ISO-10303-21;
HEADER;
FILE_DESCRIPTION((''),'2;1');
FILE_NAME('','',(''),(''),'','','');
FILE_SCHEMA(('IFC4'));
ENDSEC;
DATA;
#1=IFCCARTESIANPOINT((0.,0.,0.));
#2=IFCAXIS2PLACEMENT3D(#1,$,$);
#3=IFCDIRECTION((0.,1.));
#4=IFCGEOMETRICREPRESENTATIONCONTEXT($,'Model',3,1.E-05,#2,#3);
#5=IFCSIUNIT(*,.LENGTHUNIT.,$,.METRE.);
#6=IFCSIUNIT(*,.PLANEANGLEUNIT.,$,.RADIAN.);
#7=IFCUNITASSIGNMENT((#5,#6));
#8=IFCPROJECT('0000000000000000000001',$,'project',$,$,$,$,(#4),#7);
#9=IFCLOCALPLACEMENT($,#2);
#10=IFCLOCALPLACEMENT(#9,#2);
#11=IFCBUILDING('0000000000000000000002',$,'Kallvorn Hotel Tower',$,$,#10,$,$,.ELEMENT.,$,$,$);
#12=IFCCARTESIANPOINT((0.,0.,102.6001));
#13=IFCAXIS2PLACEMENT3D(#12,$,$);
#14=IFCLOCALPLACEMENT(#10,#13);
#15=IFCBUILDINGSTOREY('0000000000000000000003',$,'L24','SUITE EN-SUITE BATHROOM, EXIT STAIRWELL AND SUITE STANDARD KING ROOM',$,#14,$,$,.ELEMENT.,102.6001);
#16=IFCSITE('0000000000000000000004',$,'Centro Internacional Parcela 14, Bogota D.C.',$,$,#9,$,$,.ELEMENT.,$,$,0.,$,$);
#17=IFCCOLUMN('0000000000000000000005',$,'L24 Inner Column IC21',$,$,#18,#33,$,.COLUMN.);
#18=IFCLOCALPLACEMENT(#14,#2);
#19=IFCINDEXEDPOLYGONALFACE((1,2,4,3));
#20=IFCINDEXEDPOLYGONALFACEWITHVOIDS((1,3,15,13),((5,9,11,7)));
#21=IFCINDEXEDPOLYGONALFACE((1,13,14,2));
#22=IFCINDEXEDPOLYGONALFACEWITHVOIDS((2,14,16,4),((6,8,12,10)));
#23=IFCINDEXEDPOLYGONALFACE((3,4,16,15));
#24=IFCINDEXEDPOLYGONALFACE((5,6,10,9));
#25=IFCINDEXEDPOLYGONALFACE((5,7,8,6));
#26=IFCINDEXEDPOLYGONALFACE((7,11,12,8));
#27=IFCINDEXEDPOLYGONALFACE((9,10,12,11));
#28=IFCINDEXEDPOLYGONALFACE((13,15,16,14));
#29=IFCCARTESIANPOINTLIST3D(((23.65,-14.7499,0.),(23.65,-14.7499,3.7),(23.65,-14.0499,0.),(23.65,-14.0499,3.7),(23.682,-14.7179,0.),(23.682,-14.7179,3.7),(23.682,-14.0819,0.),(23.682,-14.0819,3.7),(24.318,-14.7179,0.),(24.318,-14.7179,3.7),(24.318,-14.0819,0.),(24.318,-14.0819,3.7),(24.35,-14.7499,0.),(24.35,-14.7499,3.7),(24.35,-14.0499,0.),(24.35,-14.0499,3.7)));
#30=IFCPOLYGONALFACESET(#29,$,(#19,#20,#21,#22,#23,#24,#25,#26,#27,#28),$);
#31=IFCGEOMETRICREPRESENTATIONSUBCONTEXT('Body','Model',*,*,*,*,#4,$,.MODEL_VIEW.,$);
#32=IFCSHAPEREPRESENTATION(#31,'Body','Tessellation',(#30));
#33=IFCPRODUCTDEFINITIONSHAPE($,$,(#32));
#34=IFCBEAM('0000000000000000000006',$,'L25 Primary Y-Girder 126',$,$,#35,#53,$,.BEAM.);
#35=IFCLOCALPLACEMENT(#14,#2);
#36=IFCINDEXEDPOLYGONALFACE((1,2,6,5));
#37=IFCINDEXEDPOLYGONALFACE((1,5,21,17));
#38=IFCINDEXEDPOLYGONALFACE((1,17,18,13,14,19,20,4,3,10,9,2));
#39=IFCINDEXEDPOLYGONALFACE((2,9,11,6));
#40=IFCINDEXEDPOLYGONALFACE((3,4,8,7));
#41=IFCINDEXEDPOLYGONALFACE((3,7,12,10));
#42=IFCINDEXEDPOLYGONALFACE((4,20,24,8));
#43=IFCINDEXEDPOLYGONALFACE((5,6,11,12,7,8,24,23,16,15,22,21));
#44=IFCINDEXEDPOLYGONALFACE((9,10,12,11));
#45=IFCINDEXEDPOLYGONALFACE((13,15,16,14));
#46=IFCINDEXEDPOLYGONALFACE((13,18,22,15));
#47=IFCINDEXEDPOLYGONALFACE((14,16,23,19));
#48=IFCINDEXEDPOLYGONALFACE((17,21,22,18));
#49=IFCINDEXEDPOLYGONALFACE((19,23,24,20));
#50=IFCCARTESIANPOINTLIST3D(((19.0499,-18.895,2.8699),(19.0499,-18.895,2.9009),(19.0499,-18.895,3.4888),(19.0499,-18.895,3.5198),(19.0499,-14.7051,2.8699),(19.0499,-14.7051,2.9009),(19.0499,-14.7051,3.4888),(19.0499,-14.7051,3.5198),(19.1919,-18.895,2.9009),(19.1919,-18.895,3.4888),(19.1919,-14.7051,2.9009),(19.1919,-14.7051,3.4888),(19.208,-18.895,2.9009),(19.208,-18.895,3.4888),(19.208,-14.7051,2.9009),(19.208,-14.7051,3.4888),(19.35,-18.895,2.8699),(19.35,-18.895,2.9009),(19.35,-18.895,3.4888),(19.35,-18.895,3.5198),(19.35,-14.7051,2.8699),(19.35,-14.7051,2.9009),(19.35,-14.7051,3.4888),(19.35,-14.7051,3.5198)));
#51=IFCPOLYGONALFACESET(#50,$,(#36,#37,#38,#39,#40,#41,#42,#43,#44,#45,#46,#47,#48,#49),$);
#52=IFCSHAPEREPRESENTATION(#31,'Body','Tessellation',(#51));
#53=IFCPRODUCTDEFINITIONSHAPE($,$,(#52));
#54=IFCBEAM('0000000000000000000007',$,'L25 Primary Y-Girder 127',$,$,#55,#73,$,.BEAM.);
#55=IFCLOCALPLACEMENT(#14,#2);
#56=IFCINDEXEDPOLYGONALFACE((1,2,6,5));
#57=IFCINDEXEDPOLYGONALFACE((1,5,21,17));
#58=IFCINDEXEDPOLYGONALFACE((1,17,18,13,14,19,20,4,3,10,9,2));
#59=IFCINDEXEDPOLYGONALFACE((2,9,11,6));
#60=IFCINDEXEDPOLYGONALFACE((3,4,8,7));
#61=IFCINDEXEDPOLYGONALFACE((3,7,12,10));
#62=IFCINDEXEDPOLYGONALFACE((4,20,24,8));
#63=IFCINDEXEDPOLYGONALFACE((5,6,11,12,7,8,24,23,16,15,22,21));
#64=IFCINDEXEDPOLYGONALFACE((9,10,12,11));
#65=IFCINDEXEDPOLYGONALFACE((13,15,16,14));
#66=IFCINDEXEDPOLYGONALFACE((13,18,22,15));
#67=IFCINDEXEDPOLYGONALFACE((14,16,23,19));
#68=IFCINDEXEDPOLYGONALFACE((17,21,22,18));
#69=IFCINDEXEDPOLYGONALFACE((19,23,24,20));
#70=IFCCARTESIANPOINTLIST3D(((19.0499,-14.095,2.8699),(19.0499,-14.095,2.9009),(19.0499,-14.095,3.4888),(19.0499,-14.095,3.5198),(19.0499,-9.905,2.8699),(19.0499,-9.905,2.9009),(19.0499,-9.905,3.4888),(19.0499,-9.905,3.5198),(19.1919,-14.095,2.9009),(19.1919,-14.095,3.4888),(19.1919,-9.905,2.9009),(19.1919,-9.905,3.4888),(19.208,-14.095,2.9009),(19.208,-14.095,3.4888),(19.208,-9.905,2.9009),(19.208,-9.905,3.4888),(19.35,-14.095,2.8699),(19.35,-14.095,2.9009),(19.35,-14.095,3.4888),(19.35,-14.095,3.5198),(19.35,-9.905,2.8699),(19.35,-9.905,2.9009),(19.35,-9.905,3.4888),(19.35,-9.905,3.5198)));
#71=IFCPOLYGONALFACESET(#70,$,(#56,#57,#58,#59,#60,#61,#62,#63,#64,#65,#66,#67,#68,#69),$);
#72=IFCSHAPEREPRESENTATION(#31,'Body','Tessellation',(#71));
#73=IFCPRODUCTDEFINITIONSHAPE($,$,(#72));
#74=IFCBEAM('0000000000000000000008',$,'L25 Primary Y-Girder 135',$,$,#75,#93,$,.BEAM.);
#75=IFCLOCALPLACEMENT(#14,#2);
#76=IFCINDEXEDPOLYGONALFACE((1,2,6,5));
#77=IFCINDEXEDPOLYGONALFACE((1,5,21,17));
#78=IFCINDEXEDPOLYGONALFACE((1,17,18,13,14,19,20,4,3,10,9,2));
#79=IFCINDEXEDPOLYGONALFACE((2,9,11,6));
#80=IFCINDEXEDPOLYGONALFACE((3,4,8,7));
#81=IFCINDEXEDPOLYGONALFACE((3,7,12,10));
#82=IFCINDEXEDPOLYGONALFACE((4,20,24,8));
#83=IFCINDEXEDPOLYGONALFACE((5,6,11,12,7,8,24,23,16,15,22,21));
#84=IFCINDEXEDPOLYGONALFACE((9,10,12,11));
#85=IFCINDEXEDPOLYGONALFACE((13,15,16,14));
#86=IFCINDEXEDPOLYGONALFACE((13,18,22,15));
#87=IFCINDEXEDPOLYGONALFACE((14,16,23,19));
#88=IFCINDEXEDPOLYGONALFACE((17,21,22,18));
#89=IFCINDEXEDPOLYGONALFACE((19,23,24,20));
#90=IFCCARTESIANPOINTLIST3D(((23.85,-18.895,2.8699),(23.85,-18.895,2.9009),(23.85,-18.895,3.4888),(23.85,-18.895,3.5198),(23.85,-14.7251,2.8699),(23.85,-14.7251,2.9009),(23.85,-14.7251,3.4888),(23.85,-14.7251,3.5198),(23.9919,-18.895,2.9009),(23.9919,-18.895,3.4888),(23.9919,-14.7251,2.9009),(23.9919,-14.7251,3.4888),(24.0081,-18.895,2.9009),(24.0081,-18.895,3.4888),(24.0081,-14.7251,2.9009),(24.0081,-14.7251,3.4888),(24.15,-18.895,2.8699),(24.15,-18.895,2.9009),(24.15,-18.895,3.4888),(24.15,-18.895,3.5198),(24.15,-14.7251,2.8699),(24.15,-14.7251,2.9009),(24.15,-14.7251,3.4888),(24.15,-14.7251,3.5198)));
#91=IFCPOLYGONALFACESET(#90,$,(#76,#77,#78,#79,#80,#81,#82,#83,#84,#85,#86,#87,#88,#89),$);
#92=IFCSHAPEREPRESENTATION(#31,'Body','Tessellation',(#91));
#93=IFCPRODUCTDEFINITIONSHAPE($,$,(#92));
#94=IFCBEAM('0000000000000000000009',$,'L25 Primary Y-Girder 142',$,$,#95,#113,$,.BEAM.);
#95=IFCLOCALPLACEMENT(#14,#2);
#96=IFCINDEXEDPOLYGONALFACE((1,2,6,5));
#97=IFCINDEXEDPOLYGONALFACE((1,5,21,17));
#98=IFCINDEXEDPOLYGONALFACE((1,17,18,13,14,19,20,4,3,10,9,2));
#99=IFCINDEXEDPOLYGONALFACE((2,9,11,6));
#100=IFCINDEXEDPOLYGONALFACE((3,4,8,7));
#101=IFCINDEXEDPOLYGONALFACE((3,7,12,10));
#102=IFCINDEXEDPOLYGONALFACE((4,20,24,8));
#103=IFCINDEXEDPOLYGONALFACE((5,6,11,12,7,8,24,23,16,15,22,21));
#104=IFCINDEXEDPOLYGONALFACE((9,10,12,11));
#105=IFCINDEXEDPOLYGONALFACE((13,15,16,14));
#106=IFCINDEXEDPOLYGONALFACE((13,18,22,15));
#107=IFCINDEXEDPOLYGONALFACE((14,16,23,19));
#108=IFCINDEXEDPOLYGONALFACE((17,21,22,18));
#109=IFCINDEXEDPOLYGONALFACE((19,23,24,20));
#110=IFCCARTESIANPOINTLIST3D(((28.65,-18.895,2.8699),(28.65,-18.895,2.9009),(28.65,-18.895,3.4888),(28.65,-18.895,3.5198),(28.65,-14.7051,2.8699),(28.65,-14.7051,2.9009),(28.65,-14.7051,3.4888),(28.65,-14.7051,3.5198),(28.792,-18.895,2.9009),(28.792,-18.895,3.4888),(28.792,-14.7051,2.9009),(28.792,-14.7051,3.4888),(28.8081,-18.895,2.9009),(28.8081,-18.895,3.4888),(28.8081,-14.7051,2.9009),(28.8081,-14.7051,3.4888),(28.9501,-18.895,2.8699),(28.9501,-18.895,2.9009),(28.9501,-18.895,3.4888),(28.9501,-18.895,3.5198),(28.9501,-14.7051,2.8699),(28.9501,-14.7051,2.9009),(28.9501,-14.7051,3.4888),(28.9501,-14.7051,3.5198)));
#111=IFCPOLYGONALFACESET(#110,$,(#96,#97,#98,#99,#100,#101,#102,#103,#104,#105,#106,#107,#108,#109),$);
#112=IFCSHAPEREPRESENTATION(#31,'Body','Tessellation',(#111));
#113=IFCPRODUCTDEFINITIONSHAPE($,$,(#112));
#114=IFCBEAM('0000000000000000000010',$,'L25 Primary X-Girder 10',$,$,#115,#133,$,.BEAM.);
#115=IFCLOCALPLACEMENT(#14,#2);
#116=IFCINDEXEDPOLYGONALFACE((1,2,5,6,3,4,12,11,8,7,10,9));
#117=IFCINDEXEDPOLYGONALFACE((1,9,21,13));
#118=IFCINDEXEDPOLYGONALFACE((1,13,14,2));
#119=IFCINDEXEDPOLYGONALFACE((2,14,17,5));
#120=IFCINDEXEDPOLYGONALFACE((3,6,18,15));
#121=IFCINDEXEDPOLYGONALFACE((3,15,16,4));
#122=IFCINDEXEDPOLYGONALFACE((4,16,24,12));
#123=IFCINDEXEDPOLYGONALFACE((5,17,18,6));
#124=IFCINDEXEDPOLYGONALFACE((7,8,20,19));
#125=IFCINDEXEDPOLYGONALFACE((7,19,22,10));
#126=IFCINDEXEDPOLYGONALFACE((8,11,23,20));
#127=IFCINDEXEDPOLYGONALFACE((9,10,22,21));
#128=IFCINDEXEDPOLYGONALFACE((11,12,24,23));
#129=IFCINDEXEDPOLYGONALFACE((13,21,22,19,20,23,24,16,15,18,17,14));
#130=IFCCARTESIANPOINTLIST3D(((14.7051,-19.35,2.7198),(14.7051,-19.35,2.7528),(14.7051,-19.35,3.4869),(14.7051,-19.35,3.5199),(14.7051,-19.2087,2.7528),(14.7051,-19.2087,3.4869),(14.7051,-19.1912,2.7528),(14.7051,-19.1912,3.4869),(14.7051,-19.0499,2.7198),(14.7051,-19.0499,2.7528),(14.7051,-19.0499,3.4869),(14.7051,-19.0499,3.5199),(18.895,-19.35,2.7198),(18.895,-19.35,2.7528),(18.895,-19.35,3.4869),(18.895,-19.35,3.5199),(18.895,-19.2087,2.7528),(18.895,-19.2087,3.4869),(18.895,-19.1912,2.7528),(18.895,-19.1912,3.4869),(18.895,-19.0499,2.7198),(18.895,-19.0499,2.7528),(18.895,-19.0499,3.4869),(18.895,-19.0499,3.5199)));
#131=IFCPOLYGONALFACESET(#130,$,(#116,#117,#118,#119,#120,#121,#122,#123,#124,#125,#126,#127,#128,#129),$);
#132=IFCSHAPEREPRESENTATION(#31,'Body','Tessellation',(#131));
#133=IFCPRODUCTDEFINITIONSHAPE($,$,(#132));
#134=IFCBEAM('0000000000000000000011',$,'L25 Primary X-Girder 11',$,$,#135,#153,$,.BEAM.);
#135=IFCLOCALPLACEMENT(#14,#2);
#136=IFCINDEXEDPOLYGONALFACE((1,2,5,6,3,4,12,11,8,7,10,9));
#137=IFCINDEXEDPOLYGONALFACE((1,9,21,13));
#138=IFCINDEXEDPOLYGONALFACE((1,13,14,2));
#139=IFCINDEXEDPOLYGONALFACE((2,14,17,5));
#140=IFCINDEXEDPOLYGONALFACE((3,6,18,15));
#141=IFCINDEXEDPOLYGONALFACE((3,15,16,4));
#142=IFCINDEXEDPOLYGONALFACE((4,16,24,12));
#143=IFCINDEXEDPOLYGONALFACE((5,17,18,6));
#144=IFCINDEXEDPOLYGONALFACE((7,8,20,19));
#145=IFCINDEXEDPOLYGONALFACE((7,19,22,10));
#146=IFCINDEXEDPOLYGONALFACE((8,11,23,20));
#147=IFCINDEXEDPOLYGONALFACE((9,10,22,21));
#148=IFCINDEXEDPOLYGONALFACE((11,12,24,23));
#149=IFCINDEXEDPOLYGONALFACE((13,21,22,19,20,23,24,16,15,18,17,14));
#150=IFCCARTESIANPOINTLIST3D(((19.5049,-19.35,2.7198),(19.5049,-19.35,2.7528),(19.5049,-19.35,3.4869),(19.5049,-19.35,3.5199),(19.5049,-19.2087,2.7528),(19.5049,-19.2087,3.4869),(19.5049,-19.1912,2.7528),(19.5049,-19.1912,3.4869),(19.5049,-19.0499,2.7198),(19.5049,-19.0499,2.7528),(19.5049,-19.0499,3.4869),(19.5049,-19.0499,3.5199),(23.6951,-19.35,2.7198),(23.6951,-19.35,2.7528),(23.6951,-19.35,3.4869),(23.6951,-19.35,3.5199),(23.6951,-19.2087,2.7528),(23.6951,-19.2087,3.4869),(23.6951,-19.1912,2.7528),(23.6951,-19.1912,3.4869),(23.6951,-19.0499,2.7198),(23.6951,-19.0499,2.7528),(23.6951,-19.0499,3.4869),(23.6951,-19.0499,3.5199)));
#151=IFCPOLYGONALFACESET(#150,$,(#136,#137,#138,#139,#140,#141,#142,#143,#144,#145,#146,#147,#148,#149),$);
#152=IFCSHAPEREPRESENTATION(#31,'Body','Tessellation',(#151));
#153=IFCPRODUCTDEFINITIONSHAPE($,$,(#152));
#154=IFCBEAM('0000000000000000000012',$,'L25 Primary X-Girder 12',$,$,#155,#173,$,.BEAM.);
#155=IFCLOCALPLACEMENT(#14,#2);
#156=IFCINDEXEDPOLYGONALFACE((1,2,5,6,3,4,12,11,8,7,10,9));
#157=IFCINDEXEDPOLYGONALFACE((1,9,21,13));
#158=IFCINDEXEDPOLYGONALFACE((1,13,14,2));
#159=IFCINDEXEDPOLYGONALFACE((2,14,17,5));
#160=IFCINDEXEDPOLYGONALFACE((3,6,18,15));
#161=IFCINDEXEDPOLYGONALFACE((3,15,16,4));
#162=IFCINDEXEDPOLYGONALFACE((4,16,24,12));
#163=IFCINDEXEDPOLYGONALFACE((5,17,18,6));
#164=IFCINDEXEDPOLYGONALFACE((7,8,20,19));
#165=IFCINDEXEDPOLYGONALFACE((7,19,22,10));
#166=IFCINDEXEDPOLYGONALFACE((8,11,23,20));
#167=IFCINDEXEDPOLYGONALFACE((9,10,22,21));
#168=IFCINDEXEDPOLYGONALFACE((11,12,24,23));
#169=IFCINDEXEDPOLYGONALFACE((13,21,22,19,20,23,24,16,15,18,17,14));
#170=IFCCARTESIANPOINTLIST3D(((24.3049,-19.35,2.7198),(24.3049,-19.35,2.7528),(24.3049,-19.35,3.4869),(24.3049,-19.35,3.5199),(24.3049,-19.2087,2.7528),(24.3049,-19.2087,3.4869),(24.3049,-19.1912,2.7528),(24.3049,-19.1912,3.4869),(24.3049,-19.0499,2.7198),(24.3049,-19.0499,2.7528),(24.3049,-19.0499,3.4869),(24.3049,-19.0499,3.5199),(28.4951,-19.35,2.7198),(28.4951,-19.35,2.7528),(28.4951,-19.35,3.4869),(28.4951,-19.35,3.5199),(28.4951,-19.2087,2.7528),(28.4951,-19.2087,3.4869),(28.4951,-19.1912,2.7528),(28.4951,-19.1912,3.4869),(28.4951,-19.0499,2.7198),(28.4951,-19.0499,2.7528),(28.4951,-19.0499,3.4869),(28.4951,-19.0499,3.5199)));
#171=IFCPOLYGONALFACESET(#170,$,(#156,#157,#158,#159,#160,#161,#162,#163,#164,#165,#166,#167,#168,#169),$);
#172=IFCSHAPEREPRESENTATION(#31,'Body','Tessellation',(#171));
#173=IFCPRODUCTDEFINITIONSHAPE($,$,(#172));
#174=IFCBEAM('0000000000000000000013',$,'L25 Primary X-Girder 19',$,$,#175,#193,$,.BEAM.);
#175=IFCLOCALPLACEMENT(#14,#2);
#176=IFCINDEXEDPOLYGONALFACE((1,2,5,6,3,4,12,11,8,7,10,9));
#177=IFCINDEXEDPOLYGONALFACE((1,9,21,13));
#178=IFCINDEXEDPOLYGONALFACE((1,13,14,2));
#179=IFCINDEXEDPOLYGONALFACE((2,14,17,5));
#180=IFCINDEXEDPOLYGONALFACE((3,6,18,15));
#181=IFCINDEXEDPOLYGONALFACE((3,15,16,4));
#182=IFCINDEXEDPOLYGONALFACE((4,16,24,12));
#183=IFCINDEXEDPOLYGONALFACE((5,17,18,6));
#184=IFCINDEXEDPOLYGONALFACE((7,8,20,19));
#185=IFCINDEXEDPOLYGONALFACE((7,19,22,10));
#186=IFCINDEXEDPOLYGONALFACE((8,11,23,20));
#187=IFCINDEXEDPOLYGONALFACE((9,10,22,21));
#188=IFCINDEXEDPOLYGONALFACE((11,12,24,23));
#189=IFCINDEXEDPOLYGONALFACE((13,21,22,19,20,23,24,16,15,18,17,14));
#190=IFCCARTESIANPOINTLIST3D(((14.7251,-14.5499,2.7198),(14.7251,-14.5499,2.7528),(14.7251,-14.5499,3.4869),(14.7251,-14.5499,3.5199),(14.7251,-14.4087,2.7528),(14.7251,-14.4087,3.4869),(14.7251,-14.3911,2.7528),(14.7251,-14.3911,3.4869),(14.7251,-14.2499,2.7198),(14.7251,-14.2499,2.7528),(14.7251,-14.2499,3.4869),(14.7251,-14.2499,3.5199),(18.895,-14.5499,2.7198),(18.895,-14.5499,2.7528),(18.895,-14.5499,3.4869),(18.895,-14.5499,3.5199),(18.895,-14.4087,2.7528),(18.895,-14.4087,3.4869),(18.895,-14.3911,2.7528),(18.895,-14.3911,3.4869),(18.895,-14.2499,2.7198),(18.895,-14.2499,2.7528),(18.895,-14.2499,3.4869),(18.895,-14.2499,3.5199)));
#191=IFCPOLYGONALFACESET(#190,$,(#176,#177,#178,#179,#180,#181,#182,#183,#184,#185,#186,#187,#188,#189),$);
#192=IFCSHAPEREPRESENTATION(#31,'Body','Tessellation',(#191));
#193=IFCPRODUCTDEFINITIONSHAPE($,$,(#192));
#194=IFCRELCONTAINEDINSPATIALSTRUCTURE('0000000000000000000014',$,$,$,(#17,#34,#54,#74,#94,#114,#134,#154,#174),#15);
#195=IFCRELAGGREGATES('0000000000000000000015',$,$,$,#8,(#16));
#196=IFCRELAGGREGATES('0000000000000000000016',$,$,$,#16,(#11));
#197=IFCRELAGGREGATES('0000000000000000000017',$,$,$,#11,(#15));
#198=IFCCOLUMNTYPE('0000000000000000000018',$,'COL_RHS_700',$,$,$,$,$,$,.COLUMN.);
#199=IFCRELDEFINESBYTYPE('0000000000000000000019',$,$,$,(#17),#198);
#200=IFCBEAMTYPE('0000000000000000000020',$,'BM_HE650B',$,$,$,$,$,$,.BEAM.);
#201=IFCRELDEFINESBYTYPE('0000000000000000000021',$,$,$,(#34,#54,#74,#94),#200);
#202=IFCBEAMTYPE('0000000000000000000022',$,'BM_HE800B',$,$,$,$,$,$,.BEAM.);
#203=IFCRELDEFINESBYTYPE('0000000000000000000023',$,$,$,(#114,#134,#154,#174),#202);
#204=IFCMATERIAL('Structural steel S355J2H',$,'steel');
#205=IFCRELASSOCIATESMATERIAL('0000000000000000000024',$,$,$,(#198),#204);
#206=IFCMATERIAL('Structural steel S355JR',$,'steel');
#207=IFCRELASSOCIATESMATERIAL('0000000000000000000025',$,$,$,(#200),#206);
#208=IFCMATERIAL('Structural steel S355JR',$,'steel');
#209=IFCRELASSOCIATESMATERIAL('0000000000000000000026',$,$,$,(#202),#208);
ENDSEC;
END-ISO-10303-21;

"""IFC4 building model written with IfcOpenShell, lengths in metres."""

from ifc_helpers import new_model, si_unit, direction, frame, origin, origin_2d, place, context, subcontext, project, spatial, hollow_rectangle, i_section, extrude, material, material_profile, profile_set, type_object, element, save


model = new_model("IFC4")

# Units and contexts
model_context = context("Model", 3, precision=1e-05, world=origin(), true_north=direction((0.0, 1.0)))
body_context = subcontext(model_context, "Body", "Model", "MODEL_VIEW")
ifc_project = project(units=[si_unit("LENGTHUNIT", "METRE"), si_unit("PLANEANGLEUNIT", "RADIAN")], contexts=[model_context])

# Site, building, storey
site_placement = place(None, origin())
site = spatial("IfcSite", under=ifc_project, at=site_placement, Name="Centro Internacional Parcela 14, Bogota D.C.", CompositionType="ELEMENT", RefElevation=0.0)
building_placement = place(site_placement, origin())
building = spatial("IfcBuilding", under=site, at=building_placement, Name="Kallvorn Hotel Tower", CompositionType="ELEMENT")
storey_placement = place(building_placement, frame((0.0, 0.0, 102.6001)))
storey = spatial("IfcBuildingStorey", under=building, at=storey_placement, Name="L24", Description="SUITE EN-SUITE BATHROOM, EXIT STAIRWELL AND SUITE STANDARD KING ROOM", CompositionType="ELEMENT", Elevation=102.6001)

# Column
ifc_material_1 = material(Name="Structural steel S355J2H", Category="steel")
ifc_material_profile_1 = material_profile(ifc_material_1, hollow_rectangle(XDim=0.7, YDim=0.7, WallThickness=0.032, at=origin_2d()), Name="RHS 700x700x32")
ifc_profile_set_1 = profile_set([ifc_material_profile_1], Name="Structural steel S355J2H")
column_type_1 = type_object("IfcColumnType", Name="COL_RHS_700", PredefinedType="COLUMN", material=ifc_profile_set_1)
column_placement = place(storey_placement, frame((24.0, -14.3999, 0.0), z_axis=(0.0, 0.0, 1.0), x_axis=(1.0, 0.0, 0.0)))
element("IfcColumn", 1, at=column_placement, inside=storey, type_object=column_type_1, Name="L24 Inner Column IC21", PredefinedType="COLUMN", context=body_context, shape_type="SweptSolid", body=[
    extrude(hollow_rectangle(XDim=0.7, YDim=0.7, WallThickness=0.032, at=origin_2d()), origin(), (0.0, 0.0, 1.0), 3.7),
])

# Beams
ifc_material_2 = material(Name="Structural steel S355JR", Category="steel")
ifc_material_profile_2 = material_profile(ifc_material_2, i_section(OverallWidth=0.3, OverallDepth=0.6499, WebThickness=0.0161, FlangeThickness=0.031, at=origin_2d()), Name="HE 650 B")
ifc_profile_set_2 = profile_set([ifc_material_profile_2], Name="Structural steel S355JR")
beam_type_1 = type_object("IfcBeamType", Name="BM_HE650B", PredefinedType="BEAM", material=ifc_profile_set_2)
for number, where, z_axis, x_axis, name in (
    (2, (19.2, -18.895, 3.1948), (0.0, 1.0, 0.0), (-1.0, 0.0, 0.0), "L25 Primary Y-Girder 126"),
    (3, (19.2, -14.095, 3.1948), (0.0, 1.0, 0.0), (-1.0, 0.0, 0.0), "L25 Primary Y-Girder 127"),
):
    element("IfcBeam", number, at=place(storey_placement, frame(where, z_axis=z_axis, x_axis=x_axis)), inside=storey, type_object=beam_type_1, Name=name, PredefinedType="BEAM", context=body_context, shape_type="SweptSolid", body=[
        extrude(i_section(OverallWidth=0.3, OverallDepth=0.6499, WebThickness=0.0161, FlangeThickness=0.031, at=origin_2d()), origin(), (0.0, 0.0, 1.0), 4.1899),
    ])
beam_1_placement = place(storey_placement, frame((24.0, -18.895, 3.1948), z_axis=(0.0, 1.0, 0.0), x_axis=(-1.0, 0.0, 0.0)))
element("IfcBeam", 4, at=beam_1_placement, inside=storey, type_object=beam_type_1, Name="L25 Primary Y-Girder 135", PredefinedType="BEAM", context=body_context, shape_type="SweptSolid", body=[
    extrude(i_section(OverallWidth=0.3, OverallDepth=0.6499, WebThickness=0.0161, FlangeThickness=0.031, at=origin_2d()), origin(), (0.0, 0.0, 1.0), 4.1699),
])
beam_2_placement = place(storey_placement, frame((28.8, -18.895, 3.1948), z_axis=(0.0, 1.0, 0.0), x_axis=(-1.0, 0.0, 0.0)))
element("IfcBeam", 5, at=beam_2_placement, inside=storey, type_object=beam_type_1, Name="L25 Primary Y-Girder 142", PredefinedType="BEAM", context=body_context, shape_type="SweptSolid", body=[
    extrude(i_section(OverallWidth=0.3, OverallDepth=0.6499, WebThickness=0.0161, FlangeThickness=0.031, at=origin_2d()), origin(), (0.0, 0.0, 1.0), 4.1899),
])
ifc_material_3 = material(Name="Structural steel S355JR", Category="steel")
ifc_material_profile_3 = material_profile(ifc_material_3, i_section(OverallWidth=0.3, OverallDepth=0.8, WebThickness=0.0176, FlangeThickness=0.033, at=origin_2d()), Name="HE 800 B")
ifc_profile_set_3 = profile_set([ifc_material_profile_3], Name="Structural steel S355JR")
beam_type_2 = type_object("IfcBeamType", Name="BM_HE800B", PredefinedType="BEAM", material=ifc_profile_set_3)
beam_3_placement = place(storey_placement, frame((14.7051, -19.2, 3.1199), z_axis=(1.0, 0.0, 0.0), x_axis=(0.0, 1.0, 0.0)))
element("IfcBeam", 6, at=beam_3_placement, inside=storey, type_object=beam_type_2, Name="L25 Primary X-Girder 10", PredefinedType="BEAM", context=body_context, shape_type="SweptSolid", body=[
    extrude(i_section(OverallWidth=0.3, OverallDepth=0.8, WebThickness=0.0176, FlangeThickness=0.033, at=origin_2d()), origin(), (0.0, 0.0, 1.0), 4.1899),
])
for number, where, z_axis, x_axis, name in (
    (7, (19.5049, -19.2, 3.1199), (1.0, 0.0, 0.0), (0.0, 1.0, 0.0), "L25 Primary X-Girder 11"),
    (8, (24.3049, -19.2, 3.1199), (1.0, 0.0, 0.0), (0.0, 1.0, 0.0), "L25 Primary X-Girder 12"),
):
    element("IfcBeam", number, at=place(storey_placement, frame(where, z_axis=z_axis, x_axis=x_axis)), inside=storey, type_object=beam_type_2, Name=name, PredefinedType="BEAM", context=body_context, shape_type="SweptSolid", body=[
        extrude(i_section(OverallWidth=0.3, OverallDepth=0.8, WebThickness=0.0176, FlangeThickness=0.033, at=origin_2d()), origin(), (0.0, 0.0, 1.0), 4.1902),
    ])
beam_4_placement = place(storey_placement, frame((14.7251, -14.3999, 3.1199), z_axis=(1.0, 0.0, 0.0), x_axis=(0.0, 1.0, 0.0)))
element("IfcBeam", 9, at=beam_4_placement, inside=storey, type_object=beam_type_2, Name="L25 Primary X-Girder 19", PredefinedType="BEAM", context=body_context, shape_type="SweptSolid", body=[
    extrude(i_section(OverallWidth=0.3, OverallDepth=0.8, WebThickness=0.0176, FlangeThickness=0.033, at=origin_2d()), origin(), (0.0, 0.0, 1.0), 4.1699),
])

save(model, "model.ifc")
